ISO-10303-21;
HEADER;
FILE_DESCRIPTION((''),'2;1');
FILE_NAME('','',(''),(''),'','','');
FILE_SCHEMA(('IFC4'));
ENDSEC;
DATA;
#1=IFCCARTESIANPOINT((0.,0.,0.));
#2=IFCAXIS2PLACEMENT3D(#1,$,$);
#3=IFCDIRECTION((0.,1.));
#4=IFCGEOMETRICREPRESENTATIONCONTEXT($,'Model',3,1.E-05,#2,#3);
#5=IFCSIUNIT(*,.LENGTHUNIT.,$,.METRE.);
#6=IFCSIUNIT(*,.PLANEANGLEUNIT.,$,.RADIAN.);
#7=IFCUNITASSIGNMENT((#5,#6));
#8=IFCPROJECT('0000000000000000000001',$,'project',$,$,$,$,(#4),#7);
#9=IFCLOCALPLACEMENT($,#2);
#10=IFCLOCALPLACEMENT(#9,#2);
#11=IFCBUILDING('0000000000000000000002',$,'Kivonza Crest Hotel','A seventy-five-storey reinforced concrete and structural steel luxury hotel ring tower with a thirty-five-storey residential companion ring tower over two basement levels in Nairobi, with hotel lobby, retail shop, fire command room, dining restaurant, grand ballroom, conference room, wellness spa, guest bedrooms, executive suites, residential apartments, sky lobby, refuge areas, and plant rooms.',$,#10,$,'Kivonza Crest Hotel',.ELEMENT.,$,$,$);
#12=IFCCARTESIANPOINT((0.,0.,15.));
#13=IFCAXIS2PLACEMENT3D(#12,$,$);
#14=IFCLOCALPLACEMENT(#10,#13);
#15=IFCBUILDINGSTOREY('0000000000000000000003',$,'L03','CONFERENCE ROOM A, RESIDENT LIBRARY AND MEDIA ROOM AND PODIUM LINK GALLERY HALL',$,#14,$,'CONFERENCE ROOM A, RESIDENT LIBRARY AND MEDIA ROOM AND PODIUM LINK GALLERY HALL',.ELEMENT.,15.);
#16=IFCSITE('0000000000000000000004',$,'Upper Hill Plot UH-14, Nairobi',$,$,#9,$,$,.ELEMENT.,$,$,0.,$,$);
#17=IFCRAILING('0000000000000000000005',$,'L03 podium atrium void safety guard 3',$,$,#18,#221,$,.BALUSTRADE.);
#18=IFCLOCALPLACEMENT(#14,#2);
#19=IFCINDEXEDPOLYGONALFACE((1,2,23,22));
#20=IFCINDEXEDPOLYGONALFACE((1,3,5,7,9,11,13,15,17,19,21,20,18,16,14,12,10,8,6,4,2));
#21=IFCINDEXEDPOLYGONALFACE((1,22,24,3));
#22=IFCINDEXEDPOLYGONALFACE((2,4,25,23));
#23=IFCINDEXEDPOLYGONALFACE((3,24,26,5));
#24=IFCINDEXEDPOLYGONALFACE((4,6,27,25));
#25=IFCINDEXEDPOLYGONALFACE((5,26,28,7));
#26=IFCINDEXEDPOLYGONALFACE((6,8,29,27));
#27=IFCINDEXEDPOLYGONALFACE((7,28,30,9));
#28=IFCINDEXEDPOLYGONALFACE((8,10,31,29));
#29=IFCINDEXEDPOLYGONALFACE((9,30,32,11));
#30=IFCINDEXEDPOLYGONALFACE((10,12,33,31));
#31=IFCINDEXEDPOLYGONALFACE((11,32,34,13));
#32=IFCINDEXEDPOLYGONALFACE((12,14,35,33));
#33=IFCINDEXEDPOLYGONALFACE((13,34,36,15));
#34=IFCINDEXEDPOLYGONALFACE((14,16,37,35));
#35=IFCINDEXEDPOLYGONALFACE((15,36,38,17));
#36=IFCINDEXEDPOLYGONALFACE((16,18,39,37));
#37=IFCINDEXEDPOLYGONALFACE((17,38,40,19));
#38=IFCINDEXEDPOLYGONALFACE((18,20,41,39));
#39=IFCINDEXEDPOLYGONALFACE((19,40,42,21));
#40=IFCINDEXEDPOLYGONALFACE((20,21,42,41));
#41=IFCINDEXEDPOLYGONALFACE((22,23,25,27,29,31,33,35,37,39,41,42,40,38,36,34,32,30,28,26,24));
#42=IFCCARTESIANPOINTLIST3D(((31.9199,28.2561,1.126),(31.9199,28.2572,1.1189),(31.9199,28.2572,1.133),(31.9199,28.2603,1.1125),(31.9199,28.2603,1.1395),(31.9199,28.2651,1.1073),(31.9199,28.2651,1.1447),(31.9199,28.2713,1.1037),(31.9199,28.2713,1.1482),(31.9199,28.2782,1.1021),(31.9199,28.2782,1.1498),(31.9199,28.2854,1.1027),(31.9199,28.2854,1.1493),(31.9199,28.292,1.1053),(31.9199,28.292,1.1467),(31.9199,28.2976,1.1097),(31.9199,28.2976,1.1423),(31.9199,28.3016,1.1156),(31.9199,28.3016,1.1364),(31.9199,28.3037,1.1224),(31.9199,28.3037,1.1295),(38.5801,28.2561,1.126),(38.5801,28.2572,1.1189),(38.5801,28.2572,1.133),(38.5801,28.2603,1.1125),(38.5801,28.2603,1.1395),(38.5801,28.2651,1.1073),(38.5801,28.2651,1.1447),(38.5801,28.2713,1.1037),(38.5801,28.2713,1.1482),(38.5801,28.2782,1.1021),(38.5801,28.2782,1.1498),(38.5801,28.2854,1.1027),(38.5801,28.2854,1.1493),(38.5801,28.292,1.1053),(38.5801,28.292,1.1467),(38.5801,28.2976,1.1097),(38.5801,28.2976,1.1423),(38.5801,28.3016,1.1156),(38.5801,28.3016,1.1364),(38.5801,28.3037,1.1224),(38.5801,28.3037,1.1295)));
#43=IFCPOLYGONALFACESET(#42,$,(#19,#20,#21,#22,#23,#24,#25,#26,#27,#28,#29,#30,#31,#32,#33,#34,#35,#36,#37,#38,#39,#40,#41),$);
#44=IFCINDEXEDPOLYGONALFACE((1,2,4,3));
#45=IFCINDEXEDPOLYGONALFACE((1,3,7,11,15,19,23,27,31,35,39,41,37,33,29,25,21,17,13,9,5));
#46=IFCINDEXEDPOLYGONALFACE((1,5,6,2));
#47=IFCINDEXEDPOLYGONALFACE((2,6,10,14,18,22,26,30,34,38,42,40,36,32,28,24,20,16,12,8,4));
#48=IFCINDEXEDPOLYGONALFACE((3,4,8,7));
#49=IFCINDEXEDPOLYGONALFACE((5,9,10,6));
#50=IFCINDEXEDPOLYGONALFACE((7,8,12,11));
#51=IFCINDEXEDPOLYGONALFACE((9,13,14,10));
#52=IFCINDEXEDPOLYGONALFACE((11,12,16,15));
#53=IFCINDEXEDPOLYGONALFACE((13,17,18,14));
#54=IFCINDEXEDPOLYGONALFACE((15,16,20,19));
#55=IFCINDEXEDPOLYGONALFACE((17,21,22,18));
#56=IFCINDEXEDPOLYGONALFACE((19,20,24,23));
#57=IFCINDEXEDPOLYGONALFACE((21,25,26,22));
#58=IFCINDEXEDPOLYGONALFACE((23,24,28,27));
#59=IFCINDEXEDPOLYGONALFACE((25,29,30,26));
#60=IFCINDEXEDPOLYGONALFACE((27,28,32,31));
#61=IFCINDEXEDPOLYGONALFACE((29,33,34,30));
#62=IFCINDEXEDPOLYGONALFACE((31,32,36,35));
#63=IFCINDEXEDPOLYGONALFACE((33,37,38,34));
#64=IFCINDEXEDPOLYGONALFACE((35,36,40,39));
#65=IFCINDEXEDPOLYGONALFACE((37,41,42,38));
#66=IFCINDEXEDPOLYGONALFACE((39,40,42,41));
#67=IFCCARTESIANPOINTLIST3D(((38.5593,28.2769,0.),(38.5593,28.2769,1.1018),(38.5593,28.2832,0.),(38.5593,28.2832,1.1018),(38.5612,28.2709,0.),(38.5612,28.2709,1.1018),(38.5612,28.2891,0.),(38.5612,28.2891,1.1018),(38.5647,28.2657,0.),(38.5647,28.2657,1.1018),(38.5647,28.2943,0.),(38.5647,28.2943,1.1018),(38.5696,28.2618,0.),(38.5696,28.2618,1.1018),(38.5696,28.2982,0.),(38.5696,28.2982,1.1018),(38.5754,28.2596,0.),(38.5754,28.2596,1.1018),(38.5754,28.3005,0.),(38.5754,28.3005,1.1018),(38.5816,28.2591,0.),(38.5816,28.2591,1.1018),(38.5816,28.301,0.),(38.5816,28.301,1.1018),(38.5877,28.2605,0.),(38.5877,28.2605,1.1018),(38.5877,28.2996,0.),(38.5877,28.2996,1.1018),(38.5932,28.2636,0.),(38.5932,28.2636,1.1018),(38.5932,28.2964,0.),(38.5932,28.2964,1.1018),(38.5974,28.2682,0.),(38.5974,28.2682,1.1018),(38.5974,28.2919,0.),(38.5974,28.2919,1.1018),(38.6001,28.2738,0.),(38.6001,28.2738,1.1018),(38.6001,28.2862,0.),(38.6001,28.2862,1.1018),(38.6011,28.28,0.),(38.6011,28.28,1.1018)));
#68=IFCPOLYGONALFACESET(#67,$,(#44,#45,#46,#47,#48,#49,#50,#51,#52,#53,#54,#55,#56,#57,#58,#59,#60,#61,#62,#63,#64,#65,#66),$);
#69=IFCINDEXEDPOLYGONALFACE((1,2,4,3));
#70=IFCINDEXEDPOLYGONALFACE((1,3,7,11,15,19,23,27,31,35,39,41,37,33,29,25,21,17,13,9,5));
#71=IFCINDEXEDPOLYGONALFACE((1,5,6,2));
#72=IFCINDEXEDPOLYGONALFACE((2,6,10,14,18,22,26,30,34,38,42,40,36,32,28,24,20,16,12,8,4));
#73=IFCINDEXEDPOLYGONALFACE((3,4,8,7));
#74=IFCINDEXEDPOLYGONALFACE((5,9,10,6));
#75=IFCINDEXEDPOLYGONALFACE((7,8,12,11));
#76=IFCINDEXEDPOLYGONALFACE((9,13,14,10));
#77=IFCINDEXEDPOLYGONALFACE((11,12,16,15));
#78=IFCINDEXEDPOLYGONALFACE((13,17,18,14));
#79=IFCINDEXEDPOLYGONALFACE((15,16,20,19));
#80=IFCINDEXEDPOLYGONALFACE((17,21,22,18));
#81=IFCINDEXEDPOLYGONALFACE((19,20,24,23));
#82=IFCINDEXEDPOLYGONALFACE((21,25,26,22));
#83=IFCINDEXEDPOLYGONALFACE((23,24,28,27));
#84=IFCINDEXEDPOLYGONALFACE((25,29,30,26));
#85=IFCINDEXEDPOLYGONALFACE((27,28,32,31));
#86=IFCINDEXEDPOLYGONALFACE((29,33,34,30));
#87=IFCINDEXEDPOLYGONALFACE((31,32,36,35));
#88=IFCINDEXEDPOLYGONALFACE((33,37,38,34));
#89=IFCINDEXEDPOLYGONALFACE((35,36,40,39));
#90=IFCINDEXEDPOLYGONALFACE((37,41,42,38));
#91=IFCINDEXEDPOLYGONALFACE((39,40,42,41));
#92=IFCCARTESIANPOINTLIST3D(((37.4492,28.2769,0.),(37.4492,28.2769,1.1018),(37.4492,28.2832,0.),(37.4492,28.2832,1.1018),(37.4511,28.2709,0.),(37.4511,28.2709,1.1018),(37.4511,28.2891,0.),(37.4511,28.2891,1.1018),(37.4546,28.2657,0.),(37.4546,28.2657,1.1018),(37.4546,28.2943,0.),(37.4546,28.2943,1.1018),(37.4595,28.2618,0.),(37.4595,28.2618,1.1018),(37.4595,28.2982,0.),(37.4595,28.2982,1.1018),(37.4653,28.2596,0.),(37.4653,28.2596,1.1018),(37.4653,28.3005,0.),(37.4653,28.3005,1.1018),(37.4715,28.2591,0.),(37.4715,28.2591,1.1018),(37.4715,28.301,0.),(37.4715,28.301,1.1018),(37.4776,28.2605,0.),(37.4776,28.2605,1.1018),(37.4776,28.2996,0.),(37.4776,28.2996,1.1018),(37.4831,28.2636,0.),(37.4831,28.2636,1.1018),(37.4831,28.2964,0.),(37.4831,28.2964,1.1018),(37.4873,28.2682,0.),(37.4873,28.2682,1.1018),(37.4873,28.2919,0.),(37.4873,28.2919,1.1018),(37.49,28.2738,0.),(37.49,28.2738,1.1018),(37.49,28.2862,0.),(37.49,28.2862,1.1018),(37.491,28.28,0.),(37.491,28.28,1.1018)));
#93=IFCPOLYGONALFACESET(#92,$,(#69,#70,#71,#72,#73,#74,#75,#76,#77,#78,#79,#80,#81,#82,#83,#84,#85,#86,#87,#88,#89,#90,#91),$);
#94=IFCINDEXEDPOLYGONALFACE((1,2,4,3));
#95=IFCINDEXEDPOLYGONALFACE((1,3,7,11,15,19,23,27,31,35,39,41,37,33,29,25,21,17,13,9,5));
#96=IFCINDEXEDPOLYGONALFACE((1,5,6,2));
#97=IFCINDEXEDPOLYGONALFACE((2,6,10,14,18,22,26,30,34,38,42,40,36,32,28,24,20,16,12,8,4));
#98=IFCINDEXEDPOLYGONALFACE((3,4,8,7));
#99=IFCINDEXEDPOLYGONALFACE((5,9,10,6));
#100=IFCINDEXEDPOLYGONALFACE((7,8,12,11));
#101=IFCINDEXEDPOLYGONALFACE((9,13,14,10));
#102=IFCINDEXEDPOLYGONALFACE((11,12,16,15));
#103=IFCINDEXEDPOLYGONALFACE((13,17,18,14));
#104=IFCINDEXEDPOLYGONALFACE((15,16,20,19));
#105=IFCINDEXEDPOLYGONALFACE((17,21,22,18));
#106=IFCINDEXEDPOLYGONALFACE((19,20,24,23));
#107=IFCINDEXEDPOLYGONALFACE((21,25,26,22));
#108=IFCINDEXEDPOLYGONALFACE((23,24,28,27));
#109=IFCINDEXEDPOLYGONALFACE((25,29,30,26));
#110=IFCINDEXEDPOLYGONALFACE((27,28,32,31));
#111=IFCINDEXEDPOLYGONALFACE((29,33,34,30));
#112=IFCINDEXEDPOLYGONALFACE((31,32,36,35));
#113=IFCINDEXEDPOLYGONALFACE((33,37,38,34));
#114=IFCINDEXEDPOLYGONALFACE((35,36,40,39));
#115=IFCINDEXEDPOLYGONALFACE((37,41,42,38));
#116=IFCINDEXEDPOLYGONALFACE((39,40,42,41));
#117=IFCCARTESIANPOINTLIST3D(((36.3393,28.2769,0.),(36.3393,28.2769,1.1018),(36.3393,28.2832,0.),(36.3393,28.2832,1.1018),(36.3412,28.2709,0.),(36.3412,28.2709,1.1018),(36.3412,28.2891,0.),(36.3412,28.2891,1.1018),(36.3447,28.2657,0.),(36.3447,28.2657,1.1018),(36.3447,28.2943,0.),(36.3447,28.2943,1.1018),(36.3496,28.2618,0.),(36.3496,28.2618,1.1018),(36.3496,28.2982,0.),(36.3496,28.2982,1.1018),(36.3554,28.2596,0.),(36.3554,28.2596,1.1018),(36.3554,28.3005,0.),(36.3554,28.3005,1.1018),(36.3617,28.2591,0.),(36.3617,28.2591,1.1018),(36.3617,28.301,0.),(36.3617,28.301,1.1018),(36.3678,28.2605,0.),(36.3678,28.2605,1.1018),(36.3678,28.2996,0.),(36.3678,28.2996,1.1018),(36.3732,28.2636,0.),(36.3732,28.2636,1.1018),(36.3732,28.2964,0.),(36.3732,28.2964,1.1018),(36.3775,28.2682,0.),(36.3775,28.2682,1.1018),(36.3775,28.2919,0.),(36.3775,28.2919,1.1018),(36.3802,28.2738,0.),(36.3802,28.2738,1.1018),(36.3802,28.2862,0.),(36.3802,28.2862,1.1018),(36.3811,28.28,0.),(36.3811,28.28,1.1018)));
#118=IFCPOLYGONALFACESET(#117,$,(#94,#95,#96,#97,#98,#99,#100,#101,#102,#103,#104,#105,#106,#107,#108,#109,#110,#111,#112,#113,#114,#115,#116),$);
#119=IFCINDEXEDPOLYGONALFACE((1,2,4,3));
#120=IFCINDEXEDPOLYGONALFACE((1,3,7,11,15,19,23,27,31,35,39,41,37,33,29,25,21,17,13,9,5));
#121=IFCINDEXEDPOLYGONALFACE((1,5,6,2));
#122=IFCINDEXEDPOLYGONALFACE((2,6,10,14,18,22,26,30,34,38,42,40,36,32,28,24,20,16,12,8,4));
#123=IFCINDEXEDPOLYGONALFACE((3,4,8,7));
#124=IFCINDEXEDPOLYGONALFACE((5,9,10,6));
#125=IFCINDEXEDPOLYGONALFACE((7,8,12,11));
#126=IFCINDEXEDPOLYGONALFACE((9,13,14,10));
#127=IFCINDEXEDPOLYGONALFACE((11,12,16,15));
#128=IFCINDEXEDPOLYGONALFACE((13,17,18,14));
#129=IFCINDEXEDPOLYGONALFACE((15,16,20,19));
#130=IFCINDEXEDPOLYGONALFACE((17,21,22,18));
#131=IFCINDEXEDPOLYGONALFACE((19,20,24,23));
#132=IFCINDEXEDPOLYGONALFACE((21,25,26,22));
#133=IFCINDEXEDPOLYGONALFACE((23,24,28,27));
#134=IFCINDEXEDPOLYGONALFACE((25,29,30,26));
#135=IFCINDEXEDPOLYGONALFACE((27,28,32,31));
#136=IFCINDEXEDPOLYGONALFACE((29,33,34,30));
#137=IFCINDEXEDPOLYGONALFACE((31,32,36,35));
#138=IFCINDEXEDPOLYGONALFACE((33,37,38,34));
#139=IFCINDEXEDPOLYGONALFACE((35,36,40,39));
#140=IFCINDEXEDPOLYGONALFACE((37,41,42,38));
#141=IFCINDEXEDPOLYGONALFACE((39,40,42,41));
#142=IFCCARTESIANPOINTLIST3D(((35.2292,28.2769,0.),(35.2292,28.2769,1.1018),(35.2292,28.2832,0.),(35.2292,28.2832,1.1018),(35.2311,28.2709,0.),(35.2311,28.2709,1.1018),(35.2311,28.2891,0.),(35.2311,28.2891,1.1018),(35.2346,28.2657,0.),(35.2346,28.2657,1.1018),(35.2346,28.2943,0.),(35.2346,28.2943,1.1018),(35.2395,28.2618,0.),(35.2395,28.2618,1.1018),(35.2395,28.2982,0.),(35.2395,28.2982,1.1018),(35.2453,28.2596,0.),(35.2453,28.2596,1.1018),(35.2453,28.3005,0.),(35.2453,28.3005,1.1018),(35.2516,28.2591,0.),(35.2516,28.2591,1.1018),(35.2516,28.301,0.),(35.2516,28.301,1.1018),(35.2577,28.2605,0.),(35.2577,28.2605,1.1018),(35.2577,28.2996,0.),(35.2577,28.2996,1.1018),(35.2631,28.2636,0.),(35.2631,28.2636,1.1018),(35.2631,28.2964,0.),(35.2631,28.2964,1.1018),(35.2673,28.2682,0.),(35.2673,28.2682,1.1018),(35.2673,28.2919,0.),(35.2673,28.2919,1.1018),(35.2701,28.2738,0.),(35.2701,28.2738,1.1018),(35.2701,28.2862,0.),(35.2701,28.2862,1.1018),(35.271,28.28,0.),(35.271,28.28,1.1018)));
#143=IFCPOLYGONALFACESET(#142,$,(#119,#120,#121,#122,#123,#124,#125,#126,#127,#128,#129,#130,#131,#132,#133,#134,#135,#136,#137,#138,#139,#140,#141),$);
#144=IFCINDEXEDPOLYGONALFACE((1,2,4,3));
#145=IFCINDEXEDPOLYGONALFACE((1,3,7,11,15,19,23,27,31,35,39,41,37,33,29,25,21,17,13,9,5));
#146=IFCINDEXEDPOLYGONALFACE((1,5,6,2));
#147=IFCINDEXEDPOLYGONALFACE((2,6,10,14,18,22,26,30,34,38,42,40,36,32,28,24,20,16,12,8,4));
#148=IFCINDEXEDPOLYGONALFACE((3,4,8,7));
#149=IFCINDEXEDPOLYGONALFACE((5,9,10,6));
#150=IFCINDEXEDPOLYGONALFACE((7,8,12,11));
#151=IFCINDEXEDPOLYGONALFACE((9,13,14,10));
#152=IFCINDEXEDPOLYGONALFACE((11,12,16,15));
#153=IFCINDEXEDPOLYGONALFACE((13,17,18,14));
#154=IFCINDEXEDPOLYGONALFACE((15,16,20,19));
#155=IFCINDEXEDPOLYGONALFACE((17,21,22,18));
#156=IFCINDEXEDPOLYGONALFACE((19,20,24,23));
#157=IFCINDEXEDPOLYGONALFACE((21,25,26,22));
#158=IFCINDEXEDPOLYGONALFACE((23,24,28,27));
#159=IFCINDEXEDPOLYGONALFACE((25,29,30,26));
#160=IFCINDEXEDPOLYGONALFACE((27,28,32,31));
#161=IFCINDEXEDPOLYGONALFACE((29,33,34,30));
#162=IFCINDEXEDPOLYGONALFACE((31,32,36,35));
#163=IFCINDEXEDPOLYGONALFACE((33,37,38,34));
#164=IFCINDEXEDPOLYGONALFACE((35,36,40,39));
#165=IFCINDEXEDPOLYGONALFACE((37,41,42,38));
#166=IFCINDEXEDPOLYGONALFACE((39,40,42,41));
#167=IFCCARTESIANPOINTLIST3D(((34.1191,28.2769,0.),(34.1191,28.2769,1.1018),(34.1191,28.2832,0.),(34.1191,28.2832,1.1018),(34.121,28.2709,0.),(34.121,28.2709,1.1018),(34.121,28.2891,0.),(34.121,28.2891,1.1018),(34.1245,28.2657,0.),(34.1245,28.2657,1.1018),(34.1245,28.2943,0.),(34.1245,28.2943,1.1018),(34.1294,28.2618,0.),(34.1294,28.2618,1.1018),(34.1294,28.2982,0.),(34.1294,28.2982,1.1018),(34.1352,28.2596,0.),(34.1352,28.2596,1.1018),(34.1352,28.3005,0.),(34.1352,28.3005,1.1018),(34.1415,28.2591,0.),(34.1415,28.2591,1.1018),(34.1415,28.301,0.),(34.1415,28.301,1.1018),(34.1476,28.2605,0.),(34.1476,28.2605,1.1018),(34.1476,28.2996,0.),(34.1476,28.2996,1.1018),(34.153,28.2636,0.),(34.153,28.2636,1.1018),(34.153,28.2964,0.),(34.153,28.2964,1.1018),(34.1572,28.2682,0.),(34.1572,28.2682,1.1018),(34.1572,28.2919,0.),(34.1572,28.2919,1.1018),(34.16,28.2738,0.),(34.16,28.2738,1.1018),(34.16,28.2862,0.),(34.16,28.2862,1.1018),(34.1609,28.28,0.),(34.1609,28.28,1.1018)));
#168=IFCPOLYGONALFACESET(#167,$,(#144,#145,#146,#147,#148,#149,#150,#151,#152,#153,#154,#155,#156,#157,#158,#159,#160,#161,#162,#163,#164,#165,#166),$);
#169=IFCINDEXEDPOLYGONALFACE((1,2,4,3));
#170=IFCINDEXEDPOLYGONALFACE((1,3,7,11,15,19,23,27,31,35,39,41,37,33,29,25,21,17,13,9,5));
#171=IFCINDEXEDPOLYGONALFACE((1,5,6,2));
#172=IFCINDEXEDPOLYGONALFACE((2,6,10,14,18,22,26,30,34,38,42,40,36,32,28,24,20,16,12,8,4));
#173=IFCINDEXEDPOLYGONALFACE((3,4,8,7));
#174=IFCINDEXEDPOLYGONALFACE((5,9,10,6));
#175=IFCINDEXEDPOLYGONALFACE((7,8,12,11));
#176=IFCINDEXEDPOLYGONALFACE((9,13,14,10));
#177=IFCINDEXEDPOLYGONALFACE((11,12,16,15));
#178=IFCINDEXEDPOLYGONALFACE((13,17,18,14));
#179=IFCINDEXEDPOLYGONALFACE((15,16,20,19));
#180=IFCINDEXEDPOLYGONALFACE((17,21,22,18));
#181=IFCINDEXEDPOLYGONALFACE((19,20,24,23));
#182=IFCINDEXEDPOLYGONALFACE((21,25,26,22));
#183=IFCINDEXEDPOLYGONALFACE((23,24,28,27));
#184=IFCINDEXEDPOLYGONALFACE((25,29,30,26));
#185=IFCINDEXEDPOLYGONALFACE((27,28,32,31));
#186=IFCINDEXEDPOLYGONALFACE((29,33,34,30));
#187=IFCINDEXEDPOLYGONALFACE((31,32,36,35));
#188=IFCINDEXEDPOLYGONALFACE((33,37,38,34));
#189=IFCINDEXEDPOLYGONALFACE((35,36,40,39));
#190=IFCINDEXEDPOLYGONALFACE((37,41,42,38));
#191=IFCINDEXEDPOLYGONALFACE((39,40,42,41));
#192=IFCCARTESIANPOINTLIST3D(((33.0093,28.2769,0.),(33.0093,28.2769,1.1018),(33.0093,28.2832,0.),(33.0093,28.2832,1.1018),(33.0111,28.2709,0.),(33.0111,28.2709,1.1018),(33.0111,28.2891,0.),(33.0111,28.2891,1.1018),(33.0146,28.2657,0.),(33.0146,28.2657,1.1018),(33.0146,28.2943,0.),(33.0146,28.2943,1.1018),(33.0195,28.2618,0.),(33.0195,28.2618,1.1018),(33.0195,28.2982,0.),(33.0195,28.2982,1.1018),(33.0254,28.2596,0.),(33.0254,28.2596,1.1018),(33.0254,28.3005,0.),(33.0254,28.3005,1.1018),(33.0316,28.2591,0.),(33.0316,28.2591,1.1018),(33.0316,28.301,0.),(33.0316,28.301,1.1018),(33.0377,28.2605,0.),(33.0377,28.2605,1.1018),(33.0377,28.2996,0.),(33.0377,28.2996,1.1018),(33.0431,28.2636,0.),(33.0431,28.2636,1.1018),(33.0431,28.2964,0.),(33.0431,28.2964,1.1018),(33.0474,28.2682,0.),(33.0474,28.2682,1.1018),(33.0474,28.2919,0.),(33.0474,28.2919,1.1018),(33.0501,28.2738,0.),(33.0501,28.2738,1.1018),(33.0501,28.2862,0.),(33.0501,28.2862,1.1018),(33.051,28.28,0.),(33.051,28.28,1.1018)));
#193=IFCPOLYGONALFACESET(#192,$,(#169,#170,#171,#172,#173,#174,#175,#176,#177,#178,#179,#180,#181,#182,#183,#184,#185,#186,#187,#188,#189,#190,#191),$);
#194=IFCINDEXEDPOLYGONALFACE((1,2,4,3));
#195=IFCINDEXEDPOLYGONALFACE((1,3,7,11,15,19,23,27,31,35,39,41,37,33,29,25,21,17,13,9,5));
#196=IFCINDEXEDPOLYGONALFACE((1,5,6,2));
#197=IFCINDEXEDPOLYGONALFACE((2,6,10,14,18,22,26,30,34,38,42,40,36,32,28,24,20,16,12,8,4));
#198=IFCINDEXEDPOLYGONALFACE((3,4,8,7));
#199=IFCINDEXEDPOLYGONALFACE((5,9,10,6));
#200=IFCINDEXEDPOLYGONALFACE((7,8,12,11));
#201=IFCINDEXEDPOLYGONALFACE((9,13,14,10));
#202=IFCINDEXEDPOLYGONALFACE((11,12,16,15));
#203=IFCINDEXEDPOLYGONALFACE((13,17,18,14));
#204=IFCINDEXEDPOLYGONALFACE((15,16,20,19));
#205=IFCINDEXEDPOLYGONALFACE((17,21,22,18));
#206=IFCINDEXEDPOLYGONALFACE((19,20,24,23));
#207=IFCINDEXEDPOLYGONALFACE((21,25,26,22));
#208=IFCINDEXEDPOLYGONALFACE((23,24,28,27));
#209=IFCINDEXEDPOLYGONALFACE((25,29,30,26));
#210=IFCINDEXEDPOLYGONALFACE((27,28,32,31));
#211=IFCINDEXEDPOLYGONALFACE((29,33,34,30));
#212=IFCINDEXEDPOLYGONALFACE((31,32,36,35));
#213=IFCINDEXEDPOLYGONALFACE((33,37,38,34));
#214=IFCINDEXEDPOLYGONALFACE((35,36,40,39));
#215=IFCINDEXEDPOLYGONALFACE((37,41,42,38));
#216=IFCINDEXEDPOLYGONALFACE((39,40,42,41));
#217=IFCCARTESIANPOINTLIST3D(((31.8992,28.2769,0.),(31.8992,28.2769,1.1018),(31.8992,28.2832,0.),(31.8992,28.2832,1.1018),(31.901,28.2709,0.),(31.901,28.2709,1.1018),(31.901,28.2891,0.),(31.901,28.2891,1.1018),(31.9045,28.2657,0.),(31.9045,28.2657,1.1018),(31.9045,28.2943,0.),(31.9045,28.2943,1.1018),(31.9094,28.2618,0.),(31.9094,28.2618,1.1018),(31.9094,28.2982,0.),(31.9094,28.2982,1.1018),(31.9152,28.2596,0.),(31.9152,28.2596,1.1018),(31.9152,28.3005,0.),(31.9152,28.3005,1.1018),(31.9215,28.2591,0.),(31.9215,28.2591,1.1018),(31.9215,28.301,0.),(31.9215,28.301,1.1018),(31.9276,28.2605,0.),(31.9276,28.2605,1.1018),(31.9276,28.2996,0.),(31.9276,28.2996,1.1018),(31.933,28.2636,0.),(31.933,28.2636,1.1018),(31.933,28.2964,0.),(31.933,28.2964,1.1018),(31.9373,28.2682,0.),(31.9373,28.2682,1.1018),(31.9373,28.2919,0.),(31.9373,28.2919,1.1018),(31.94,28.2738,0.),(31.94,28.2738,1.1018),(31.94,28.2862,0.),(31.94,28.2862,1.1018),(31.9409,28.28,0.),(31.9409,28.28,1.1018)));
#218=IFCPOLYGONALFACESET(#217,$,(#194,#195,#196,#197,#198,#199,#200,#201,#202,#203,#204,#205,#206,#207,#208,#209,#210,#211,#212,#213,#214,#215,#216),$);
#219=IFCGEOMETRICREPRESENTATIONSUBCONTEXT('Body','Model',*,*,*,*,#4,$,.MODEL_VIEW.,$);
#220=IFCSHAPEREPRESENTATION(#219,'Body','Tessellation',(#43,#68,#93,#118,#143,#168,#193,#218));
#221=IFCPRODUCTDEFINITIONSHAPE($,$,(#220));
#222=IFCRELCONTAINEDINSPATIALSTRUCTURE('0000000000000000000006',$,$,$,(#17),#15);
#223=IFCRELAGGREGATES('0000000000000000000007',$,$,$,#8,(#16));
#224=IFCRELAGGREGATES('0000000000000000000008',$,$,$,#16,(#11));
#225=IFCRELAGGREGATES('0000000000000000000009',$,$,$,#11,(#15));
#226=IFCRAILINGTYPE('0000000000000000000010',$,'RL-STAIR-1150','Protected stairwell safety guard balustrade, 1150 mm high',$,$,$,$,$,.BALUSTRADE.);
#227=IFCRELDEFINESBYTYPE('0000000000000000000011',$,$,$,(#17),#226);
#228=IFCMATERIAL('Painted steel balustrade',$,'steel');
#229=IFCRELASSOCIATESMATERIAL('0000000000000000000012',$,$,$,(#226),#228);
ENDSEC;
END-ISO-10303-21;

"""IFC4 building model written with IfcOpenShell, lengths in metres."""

from ifc_helpers import new_model, si_unit, direction, frame, origin, origin_2d, place, context, subcontext, project, spatial, circle, extrude, material, type_object, element, save


model = new_model("IFC4")

# Units and contexts
model_context = context("Model", 3, precision=1e-05, world=origin(), true_north=direction((0.0, 1.0)))
body_context = subcontext(model_context, "Body", "Model", "MODEL_VIEW")
ifc_project = project(units=[si_unit("LENGTHUNIT", "METRE"), si_unit("PLANEANGLEUNIT", "RADIAN")], contexts=[model_context])

# Site, building, storey
site_placement = place(None, origin())
site = spatial("IfcSite", under=ifc_project, at=site_placement, Name="Upper Hill Plot UH-14, Nairobi", CompositionType="ELEMENT", RefElevation=0.0)
building_placement = place(site_placement, origin())
building = spatial("IfcBuilding", under=site, at=building_placement, Name="Kivonza Crest Hotel", Description="A seventy-five-storey reinforced concrete and structural steel luxury hotel ring tower with a thirty-five-storey residential companion ring tower over two basement levels in Nairobi, with hotel lobby, retail shop, fire command room, dining restaurant, grand ballroom, conference room, wellness spa, guest bedrooms, executive suites, residential apartments, sky lobby, refuge areas, and plant rooms.", LongName="Kivonza Crest Hotel", CompositionType="ELEMENT")
storey_placement = place(building_placement, frame((0.0, 0.0, 15.0)))
storey = spatial("IfcBuildingStorey", under=building, at=storey_placement, Name="L03", Description="CONFERENCE ROOM A, RESIDENT LIBRARY AND MEDIA ROOM AND PODIUM LINK GALLERY HALL", LongName="CONFERENCE ROOM A, RESIDENT LIBRARY AND MEDIA ROOM AND PODIUM LINK GALLERY HALL", CompositionType="ELEMENT", Elevation=15.0)

# Railing
ifc_material_1 = material(Name="Painted steel balustrade", Category="steel")
railing_type = type_object("IfcRailingType", Name="RL-STAIR-1150", Description="Protected stairwell safety guard balustrade, 1150 mm high", PredefinedType="BALUSTRADE", material=ifc_material_1)
railing_1_placement = place(storey_placement, frame((38.5801, 28.28, 0.0)))
element("IfcRailing", 1, at=railing_1_placement, inside=storey, type_object=railing_type, Name="L03 podium atrium void safety guard 3", PredefinedType="BALUSTRADE", context=body_context, shape_type="SweptSolid", body=[
    extrude(circle(Radius=0.0239, at=origin_2d()), frame((0.0, 0.0, 1.126), z_axis=(-1.0, 0.0, 0.0), x_axis=(0.0, -1.0, 0.0)), (0.0, 0.0, 1.0), 6.6602),
    extrude(circle(Radius=0.021, at=origin_2d()), origin(), (0.0, 0.0, 1.0), 1.1018),
    extrude(circle(Radius=0.021, at=origin_2d()), frame((-1.1101, 0.0, 0.0)), (0.0, 0.0, 1.0), 1.1018),
    extrude(circle(Radius=0.021, at=origin_2d()), frame((-2.22, 0.0, 0.0)), (0.0, 0.0, 1.0), 1.1018),
    extrude(circle(Radius=0.021, at=origin_2d()), frame((-3.3301, 0.0, 0.0)), (0.0, 0.0, 1.0), 1.1018),
    extrude(circle(Radius=0.021, at=origin_2d()), frame((-4.4402, 0.0, 0.0)), (0.0, 0.0, 1.0), 1.1018),
    extrude(circle(Radius=0.021, at=origin_2d()), frame((-5.55, 0.0, 0.0)), (0.0, 0.0, 1.0), 1.1018),
    extrude(circle(Radius=0.021, at=origin_2d()), frame((-6.6602, 0.0, 0.0)), (0.0, 0.0, 1.0), 1.1018),
])

save(model, "model.ifc")
